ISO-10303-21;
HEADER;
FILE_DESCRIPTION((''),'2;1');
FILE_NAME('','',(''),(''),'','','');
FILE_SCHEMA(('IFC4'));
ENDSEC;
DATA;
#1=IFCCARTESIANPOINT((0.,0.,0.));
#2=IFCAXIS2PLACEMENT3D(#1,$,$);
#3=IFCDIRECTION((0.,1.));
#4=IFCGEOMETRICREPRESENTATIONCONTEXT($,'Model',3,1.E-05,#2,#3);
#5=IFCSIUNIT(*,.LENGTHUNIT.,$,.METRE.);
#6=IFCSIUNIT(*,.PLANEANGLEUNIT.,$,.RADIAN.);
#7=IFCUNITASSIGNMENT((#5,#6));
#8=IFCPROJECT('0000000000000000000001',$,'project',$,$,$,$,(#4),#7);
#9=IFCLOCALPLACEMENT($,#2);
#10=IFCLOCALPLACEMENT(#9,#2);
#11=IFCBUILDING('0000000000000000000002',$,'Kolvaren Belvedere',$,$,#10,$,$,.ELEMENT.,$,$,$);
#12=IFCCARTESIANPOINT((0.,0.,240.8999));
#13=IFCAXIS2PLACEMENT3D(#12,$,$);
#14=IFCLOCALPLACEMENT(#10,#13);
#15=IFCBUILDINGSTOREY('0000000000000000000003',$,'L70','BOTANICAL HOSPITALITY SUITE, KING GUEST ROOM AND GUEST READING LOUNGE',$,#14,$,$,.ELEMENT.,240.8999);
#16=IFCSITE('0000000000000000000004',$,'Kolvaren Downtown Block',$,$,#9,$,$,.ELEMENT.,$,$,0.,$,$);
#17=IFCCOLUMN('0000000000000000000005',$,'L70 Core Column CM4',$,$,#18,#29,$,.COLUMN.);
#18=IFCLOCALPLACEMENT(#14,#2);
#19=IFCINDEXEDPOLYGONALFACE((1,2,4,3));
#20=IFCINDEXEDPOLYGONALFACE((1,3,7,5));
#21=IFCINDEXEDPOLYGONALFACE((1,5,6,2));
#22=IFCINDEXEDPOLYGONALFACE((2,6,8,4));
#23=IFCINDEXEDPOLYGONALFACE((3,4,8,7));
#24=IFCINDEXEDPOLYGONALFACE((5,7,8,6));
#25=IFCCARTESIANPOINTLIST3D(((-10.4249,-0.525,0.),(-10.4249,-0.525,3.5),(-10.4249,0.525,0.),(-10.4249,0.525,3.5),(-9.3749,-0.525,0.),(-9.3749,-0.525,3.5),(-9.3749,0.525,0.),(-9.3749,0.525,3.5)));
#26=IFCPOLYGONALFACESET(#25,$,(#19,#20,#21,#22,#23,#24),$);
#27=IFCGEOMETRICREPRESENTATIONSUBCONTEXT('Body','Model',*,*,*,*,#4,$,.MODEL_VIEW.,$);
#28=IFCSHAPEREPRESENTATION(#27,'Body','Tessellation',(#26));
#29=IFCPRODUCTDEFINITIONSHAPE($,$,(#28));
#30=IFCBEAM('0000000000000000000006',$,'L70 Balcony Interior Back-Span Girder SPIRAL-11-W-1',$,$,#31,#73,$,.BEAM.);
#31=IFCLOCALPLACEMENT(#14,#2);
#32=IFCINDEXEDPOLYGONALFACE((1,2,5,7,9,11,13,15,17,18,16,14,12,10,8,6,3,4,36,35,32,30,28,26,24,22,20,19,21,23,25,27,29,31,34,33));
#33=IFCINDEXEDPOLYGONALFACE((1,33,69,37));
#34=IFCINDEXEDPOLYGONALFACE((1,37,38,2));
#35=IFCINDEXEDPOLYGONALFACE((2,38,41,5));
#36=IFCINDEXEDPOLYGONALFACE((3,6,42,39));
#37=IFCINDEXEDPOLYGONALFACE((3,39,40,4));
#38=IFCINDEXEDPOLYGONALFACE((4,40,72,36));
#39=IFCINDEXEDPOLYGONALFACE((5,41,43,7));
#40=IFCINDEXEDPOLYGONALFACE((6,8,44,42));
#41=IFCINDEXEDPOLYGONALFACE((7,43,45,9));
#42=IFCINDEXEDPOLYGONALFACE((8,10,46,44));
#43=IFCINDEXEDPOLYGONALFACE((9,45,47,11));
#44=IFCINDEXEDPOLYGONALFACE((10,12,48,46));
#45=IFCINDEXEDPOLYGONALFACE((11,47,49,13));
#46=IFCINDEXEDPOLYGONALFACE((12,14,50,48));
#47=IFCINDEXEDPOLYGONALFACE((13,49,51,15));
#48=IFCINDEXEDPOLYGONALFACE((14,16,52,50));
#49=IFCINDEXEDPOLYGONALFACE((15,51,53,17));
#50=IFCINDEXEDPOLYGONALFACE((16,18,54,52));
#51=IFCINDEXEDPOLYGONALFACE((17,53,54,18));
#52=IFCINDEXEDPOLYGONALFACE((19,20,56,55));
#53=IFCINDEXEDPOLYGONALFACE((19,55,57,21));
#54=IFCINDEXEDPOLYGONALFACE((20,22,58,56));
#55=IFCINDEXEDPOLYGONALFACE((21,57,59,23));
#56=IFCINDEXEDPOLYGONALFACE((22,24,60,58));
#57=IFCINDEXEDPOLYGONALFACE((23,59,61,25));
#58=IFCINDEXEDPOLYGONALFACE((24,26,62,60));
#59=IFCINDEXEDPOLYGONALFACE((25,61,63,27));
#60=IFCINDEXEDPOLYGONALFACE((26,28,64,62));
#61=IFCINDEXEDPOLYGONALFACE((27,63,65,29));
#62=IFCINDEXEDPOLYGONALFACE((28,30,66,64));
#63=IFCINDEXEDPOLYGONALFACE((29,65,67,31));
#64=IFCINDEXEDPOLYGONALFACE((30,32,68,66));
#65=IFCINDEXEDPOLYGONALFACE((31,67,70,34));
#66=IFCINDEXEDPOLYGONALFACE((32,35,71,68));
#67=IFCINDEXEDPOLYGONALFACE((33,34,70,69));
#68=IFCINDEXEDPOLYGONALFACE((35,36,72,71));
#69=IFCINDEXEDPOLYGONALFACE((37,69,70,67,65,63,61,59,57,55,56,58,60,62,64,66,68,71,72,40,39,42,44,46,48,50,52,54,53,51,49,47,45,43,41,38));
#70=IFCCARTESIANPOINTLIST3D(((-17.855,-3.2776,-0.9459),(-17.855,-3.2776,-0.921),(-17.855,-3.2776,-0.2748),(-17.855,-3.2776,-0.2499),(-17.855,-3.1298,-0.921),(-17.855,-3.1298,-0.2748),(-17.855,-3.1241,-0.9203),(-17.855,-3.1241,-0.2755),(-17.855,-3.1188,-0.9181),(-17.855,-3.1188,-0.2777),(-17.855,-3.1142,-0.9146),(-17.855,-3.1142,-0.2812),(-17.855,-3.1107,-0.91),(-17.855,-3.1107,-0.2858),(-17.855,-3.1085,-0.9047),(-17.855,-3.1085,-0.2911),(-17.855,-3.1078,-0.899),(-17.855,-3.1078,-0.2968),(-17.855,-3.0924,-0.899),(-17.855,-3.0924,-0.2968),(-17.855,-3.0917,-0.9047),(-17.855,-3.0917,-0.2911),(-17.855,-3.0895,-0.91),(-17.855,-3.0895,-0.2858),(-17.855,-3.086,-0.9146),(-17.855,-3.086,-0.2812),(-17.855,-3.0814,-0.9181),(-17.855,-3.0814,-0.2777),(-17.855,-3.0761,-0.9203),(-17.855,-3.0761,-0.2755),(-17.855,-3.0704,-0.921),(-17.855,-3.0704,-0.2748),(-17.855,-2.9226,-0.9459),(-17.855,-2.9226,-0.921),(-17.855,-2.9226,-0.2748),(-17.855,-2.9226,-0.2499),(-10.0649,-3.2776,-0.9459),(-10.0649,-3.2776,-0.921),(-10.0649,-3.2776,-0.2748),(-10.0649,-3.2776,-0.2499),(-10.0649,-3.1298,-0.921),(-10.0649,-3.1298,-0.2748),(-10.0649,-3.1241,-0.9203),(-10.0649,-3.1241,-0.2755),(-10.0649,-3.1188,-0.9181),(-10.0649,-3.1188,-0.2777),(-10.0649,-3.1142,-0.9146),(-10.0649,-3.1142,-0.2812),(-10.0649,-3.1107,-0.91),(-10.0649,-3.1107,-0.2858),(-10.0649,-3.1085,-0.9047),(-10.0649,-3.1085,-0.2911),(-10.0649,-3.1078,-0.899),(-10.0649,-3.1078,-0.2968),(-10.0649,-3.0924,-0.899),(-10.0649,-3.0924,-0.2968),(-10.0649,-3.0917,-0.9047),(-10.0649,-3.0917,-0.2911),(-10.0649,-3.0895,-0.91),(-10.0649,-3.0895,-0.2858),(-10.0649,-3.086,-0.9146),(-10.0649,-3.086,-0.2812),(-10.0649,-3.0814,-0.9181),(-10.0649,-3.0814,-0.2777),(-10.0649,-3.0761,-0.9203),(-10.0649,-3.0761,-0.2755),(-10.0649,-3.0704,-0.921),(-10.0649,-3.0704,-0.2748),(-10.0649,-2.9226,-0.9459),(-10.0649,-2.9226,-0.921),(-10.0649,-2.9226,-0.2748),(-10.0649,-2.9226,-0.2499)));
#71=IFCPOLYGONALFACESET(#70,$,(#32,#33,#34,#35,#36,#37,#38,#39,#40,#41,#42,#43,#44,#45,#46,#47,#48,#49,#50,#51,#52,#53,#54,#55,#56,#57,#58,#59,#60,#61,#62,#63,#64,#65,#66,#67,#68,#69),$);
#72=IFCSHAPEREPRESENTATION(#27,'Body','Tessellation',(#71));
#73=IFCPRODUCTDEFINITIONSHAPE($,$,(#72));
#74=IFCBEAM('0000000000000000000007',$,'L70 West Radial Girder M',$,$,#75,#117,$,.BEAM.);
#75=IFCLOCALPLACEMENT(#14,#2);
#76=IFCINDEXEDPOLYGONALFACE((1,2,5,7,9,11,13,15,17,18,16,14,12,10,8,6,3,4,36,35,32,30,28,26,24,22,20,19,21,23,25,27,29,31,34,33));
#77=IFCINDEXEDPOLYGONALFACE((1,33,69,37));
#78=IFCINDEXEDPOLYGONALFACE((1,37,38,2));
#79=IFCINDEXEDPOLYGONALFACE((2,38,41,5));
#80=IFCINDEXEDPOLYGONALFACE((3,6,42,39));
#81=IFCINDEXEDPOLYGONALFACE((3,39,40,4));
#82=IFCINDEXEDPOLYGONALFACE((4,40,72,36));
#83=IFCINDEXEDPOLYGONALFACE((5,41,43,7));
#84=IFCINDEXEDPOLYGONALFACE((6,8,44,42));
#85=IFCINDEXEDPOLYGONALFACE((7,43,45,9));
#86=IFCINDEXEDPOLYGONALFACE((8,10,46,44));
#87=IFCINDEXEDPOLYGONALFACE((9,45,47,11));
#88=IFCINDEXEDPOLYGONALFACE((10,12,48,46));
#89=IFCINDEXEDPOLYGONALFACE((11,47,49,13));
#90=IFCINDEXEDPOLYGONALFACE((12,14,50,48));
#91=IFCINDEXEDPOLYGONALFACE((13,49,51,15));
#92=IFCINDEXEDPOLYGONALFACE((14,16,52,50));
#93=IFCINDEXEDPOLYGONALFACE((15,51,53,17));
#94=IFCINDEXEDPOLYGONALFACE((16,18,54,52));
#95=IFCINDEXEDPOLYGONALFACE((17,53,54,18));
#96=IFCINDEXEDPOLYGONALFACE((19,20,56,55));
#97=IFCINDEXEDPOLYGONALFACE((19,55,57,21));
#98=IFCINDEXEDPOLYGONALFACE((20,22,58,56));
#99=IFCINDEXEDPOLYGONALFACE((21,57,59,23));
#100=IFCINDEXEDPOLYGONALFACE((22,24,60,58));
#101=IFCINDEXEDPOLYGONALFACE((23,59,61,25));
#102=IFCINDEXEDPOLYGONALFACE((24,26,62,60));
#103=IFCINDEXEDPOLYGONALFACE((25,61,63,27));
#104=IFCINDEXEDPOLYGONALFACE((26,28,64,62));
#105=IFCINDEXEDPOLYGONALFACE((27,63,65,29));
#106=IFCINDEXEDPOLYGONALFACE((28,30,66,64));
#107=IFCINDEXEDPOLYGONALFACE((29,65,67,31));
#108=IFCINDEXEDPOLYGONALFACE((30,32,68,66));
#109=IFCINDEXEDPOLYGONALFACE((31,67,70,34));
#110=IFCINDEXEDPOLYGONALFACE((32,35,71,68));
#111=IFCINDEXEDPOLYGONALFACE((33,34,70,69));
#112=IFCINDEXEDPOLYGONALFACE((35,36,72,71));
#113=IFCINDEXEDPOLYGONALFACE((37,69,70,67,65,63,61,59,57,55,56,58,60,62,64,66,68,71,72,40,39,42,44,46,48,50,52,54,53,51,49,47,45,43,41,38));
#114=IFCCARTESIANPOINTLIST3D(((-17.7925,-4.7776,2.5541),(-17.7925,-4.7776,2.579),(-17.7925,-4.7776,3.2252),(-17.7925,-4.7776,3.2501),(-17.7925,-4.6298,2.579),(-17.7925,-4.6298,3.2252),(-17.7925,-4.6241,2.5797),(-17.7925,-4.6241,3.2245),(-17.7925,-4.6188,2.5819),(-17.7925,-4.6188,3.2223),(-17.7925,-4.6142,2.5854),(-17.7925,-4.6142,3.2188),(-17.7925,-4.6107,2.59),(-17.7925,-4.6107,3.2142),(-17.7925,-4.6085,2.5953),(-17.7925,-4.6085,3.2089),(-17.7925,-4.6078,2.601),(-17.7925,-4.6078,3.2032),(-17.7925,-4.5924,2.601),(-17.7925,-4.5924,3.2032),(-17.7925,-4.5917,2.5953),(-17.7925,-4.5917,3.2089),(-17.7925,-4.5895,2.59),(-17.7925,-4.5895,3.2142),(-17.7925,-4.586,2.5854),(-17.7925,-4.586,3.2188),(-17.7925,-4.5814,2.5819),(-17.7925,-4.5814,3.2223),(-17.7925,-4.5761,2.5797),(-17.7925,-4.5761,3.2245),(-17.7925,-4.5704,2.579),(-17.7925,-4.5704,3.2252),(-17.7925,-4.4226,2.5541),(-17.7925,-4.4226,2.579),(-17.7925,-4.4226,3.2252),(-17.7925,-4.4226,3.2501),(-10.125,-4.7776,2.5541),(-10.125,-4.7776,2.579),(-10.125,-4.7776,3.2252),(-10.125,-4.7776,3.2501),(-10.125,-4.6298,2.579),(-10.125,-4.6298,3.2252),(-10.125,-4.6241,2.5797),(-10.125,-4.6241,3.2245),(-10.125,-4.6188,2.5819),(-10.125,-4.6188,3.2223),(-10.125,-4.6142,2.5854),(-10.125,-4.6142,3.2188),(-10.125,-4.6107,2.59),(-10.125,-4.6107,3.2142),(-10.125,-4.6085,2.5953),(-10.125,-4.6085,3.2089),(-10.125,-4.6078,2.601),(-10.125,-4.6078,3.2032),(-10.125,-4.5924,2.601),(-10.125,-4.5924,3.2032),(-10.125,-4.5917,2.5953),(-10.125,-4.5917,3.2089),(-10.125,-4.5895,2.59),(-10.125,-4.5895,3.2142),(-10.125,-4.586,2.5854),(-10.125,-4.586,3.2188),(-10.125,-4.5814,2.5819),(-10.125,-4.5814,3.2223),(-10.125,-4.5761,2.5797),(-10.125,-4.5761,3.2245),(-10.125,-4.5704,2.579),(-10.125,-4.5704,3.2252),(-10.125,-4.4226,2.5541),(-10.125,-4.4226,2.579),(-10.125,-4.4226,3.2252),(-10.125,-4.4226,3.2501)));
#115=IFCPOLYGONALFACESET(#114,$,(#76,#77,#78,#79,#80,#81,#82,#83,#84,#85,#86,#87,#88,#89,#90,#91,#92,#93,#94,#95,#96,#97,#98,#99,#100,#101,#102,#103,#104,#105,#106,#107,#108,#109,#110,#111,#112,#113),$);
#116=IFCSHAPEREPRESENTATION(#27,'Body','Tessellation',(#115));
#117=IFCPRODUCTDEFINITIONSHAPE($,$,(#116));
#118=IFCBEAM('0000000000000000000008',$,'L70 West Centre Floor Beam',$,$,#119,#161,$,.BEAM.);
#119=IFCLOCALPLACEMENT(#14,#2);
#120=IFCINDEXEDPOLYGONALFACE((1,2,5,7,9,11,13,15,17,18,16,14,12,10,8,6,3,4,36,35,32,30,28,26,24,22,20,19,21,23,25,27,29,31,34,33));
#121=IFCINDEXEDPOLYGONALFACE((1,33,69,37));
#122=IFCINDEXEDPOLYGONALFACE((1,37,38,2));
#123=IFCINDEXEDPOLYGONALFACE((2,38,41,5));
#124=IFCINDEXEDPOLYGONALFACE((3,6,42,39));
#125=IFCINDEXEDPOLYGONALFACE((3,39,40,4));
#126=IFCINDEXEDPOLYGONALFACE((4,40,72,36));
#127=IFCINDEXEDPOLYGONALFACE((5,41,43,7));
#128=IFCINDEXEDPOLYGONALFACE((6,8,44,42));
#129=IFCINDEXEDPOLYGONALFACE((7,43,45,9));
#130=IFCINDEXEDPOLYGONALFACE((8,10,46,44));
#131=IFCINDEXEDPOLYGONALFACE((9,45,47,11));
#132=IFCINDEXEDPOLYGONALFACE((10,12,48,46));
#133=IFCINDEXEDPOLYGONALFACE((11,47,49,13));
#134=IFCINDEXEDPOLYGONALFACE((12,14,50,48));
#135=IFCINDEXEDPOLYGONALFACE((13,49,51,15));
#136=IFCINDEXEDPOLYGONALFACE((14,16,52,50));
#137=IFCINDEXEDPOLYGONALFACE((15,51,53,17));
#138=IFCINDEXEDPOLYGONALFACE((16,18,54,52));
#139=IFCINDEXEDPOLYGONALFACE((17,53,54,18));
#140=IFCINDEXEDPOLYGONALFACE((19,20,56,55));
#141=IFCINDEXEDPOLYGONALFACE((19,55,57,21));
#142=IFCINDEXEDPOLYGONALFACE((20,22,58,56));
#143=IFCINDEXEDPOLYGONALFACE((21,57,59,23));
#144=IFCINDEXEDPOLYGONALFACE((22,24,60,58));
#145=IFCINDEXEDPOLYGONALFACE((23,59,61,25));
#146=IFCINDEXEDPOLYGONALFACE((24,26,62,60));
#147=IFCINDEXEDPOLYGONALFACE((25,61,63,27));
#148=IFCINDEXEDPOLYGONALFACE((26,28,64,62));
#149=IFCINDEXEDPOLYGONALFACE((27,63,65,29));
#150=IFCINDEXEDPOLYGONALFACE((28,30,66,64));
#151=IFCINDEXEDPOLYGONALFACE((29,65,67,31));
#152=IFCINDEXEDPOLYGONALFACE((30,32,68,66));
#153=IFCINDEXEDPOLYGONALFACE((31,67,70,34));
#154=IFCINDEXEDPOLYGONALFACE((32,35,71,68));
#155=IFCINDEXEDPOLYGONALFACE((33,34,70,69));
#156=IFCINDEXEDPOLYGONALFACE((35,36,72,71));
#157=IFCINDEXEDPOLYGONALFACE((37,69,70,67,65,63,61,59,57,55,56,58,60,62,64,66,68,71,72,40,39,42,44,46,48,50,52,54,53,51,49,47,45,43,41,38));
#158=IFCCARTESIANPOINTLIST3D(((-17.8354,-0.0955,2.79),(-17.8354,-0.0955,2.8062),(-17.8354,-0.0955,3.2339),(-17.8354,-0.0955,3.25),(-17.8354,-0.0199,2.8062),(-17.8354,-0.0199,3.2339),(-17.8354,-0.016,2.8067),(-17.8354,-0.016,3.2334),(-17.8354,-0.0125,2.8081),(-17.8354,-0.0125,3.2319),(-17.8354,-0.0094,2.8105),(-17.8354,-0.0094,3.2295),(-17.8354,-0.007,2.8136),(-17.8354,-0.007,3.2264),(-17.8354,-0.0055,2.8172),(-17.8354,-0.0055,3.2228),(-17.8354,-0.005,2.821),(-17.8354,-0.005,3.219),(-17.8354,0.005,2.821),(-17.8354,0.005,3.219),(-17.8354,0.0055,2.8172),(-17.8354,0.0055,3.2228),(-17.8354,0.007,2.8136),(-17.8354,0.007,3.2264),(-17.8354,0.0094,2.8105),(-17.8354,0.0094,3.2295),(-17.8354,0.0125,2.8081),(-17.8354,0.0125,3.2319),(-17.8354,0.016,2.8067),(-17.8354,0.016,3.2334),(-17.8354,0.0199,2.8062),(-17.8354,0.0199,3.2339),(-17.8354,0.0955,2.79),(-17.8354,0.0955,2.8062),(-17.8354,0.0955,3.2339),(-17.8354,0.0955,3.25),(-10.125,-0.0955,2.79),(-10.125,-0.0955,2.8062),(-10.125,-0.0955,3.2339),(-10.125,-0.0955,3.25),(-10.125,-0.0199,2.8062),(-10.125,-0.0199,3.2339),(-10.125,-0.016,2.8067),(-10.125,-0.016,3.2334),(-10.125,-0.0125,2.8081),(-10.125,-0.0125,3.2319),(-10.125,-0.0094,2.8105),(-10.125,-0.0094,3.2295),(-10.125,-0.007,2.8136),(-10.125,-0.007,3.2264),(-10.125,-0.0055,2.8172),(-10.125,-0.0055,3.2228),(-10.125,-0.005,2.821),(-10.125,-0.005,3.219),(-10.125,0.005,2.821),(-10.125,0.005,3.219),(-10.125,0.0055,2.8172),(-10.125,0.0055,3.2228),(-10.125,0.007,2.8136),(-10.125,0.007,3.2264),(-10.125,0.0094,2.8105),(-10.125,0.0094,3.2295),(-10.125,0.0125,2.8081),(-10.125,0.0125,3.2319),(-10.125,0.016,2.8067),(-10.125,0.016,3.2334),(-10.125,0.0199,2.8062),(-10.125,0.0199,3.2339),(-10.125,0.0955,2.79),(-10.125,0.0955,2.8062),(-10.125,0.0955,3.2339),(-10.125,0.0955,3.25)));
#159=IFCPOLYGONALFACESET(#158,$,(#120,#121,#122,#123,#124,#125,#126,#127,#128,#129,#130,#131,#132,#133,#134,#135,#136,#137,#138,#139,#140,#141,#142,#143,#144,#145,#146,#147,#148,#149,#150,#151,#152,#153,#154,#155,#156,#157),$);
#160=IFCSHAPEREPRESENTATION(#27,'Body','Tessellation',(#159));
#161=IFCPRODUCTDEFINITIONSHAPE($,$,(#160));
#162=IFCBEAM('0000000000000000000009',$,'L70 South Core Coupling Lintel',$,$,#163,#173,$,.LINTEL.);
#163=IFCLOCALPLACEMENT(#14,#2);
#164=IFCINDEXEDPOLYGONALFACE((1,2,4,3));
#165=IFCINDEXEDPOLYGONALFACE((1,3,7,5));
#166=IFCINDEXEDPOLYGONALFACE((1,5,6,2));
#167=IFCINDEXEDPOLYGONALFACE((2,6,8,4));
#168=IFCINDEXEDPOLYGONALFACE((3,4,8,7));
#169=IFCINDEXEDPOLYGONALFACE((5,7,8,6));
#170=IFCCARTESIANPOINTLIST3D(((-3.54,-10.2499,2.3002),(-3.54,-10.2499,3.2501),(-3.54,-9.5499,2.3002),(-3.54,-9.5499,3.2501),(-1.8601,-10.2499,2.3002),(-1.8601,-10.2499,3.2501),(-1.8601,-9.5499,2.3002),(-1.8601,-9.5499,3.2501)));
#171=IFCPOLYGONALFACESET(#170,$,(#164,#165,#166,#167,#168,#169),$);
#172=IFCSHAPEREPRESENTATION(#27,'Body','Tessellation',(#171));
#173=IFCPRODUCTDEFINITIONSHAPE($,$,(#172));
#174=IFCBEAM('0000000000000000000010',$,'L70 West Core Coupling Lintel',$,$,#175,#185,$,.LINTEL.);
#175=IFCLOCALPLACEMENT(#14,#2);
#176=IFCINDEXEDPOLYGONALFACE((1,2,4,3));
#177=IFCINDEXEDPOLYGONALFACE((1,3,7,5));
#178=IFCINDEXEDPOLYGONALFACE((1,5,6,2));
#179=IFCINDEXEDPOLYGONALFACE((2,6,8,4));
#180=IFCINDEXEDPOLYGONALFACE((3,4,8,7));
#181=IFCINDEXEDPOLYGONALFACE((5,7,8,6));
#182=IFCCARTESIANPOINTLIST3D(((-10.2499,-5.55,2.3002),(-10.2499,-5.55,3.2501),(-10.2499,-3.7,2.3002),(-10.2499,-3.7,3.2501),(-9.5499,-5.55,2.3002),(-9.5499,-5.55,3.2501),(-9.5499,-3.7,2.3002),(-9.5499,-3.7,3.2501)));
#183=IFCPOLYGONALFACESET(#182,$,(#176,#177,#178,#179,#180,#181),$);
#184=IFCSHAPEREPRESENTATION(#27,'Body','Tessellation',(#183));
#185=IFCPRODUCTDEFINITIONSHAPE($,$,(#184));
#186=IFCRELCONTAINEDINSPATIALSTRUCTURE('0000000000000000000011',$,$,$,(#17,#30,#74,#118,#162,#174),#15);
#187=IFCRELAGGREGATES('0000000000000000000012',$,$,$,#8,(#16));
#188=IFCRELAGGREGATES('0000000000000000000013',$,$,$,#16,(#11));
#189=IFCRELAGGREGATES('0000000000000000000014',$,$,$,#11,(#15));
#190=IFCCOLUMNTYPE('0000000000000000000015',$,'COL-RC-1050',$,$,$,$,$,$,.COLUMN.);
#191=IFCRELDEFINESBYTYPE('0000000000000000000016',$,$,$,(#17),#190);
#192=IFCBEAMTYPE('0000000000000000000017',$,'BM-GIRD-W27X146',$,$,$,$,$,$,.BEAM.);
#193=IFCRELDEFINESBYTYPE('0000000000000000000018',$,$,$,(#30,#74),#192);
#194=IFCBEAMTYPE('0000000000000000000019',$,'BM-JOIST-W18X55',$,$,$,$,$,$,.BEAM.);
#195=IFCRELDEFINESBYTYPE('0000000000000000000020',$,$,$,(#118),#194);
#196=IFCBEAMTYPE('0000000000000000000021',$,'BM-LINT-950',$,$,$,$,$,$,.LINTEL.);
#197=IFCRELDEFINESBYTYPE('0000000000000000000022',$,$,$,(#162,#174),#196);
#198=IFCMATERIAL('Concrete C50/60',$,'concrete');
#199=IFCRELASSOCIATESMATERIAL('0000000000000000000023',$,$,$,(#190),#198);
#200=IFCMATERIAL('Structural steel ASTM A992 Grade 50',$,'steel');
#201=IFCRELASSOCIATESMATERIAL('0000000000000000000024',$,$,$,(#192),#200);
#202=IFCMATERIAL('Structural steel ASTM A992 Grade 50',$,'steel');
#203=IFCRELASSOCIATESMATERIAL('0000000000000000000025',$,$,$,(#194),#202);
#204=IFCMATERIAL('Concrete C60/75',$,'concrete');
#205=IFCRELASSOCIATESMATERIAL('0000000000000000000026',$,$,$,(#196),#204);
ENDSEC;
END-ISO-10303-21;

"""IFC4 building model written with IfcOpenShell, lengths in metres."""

from ifc_helpers import new_model, si_unit, direction, frame, origin, origin_2d, place, context, subcontext, project, spatial, rectangle, i_section, extrude, material, material_profile, profile_set, type_object, element, save


model = new_model("IFC4")

# Units and contexts
model_context = context("Model", 3, precision=1e-05, world=origin(), true_north=direction((0.0, 1.0)))
body_context = subcontext(model_context, "Body", "Model", "MODEL_VIEW")
ifc_project = project(units=[si_unit("LENGTHUNIT", "METRE"), si_unit("PLANEANGLEUNIT", "RADIAN")], contexts=[model_context])

# Site, building, storey
site_placement = place(None, origin())
site = spatial("IfcSite", under=ifc_project, at=site_placement, Name="Kolvaren Downtown Block", CompositionType="ELEMENT", RefElevation=0.0)
building_placement = place(site_placement, origin())
building = spatial("IfcBuilding", under=site, at=building_placement, Name="Kolvaren Belvedere", CompositionType="ELEMENT")
storey_placement = place(building_placement, frame((0.0, 0.0, 240.8999)))
storey = spatial("IfcBuildingStorey", under=building, at=storey_placement, Name="L70", Description="BOTANICAL HOSPITALITY SUITE, KING GUEST ROOM AND GUEST READING LOUNGE", CompositionType="ELEMENT", Elevation=240.8999)

# Column
ifc_material_1 = material(Name="Concrete C50/60", Category="concrete")
ifc_material_profile_1 = material_profile(ifc_material_1, rectangle(XDim=1.05, YDim=1.05, at=origin_2d()), Name="RC 1050X1050")
ifc_profile_set_1 = profile_set([ifc_material_profile_1], Name="Concrete C50/60")
column_type = type_object("IfcColumnType", Name="COL-RC-1050", PredefinedType="COLUMN", material=ifc_profile_set_1)
column_placement = place(storey_placement, frame((-9.8999, 0.0, 0.0), z_axis=(0.0, 0.0, 1.0), x_axis=(1.0, 0.0, 0.0)))
element("IfcColumn", 1, at=column_placement, inside=storey, type_object=column_type, Name="L70 Core Column CM4", PredefinedType="COLUMN", context=body_context, shape_type="SweptSolid", body=[
    extrude(rectangle(XDim=1.05, YDim=1.05, at=origin_2d()), origin(), (0.0, 0.0, 1.0), 3.5),
])

# Beams
ifc_material_2 = material(Name="Structural steel ASTM A992 Grade 50", Category="steel")
ifc_material_profile_2 = material_profile(ifc_material_2, i_section(OverallWidth=0.355, OverallDepth=0.696, WebThickness=0.0154, FlangeThickness=0.0249, FilletRadius=0.022, at=origin_2d()), Name="W27X146")
ifc_profile_set_2 = profile_set([ifc_material_profile_2], Name="Structural steel ASTM A992 Grade 50")
beam_type_1 = type_object("IfcBeamType", Name="BM-GIRD-W27X146", PredefinedType="BEAM", material=ifc_profile_set_2)
beam_1_placement = place(storey_placement, frame((-10.0649, -3.1001, -0.5979), z_axis=(-1.0, 0.0, 0.0), x_axis=(0.0, -1.0, 0.0)))
element("IfcBeam", 2, at=beam_1_placement, inside=storey, type_object=beam_type_1, Name="L70 Balcony Interior Back-Span Girder SPIRAL-11-W-1", PredefinedType="BEAM", context=body_context, shape_type="SweptSolid", body=[
    extrude(i_section(OverallWidth=0.355, OverallDepth=0.696, WebThickness=0.0154, FlangeThickness=0.0249, FilletRadius=0.022, at=origin_2d()), origin(), (0.0, 0.0, 1.0), 7.79),
])
beam_2_placement = place(storey_placement, frame((-10.125, -4.6001, 2.9021), z_axis=(-1.0, 0.0, 0.0), x_axis=(0.0, -1.0, 0.0)))
element("IfcBeam", 3, at=beam_2_placement, inside=storey, type_object=beam_type_1, Name="L70 West Radial Girder M", PredefinedType="BEAM", context=body_context, shape_type="SweptSolid", body=[
    extrude(i_section(OverallWidth=0.355, OverallDepth=0.696, WebThickness=0.0154, FlangeThickness=0.0249, FilletRadius=0.022, at=origin_2d()), origin(), (0.0, 0.0, 1.0), 7.6675),
])
ifc_material_3 = material(Name="Structural steel ASTM A992 Grade 50", Category="steel")
ifc_material_profile_3 = material_profile(ifc_material_3, i_section(OverallWidth=0.1909, OverallDepth=0.46, WebThickness=0.01, FlangeThickness=0.0161, FilletRadius=0.0149, at=origin_2d()), Name="W18X55")
ifc_profile_set_3 = profile_set([ifc_material_profile_3], Name="Structural steel ASTM A992 Grade 50")
beam_type_2 = type_object("IfcBeamType", Name="BM-JOIST-W18X55", PredefinedType="BEAM", material=ifc_profile_set_3)
beam_3_placement = place(storey_placement, frame((-10.125, 0.0, 3.02), z_axis=(-1.0, 0.0, 0.0), x_axis=(0.0, -1.0, 0.0)))
element("IfcBeam", 4, at=beam_3_placement, inside=storey, type_object=beam_type_2, Name="L70 West Centre Floor Beam", PredefinedType="BEAM", context=body_context, shape_type="SweptSolid", body=[
    extrude(i_section(OverallWidth=0.1909, OverallDepth=0.46, WebThickness=0.01, FlangeThickness=0.0161, FilletRadius=0.0149, at=origin_2d()), origin(), (0.0, 0.0, 1.0), 7.7104),
])
ifc_material_4 = material(Name="Concrete C60/75", Category="concrete")
ifc_material_profile_4 = material_profile(ifc_material_4, rectangle(XDim=0.7, YDim=0.95, at=origin_2d()), Name="RC 700X950")
ifc_profile_set_4 = profile_set([ifc_material_profile_4], Name="Concrete C60/75")
beam_type_3 = type_object("IfcBeamType", Name="BM-LINT-950", PredefinedType="LINTEL", material=ifc_profile_set_4)
beam_4_placement = place(storey_placement, frame((-3.54, -9.8999, 2.7751), z_axis=(1.0, 0.0, 0.0), x_axis=(0.0, 1.0, 0.0)))
element("IfcBeam", 5, at=beam_4_placement, inside=storey, type_object=beam_type_3, Name="L70 South Core Coupling Lintel", PredefinedType="LINTEL", context=body_context, shape_type="SweptSolid", body=[
    extrude(rectangle(XDim=0.7, YDim=0.95, at=origin_2d()), origin(), (0.0, 0.0, 1.0), 1.6799),
])
beam_5_placement = place(storey_placement, frame((-9.8999, -5.55, 2.7751), z_axis=(0.0, 1.0, 0.0), x_axis=(-1.0, 0.0, 0.0)))
element("IfcBeam", 6, at=beam_5_placement, inside=storey, type_object=beam_type_3, Name="L70 West Core Coupling Lintel", PredefinedType="LINTEL", context=body_context, shape_type="SweptSolid", body=[
    extrude(rectangle(XDim=0.7, YDim=0.95, at=origin_2d()), origin(), (0.0, 0.0, 1.0), 1.8501),
])

save(model, "model.ifc")
